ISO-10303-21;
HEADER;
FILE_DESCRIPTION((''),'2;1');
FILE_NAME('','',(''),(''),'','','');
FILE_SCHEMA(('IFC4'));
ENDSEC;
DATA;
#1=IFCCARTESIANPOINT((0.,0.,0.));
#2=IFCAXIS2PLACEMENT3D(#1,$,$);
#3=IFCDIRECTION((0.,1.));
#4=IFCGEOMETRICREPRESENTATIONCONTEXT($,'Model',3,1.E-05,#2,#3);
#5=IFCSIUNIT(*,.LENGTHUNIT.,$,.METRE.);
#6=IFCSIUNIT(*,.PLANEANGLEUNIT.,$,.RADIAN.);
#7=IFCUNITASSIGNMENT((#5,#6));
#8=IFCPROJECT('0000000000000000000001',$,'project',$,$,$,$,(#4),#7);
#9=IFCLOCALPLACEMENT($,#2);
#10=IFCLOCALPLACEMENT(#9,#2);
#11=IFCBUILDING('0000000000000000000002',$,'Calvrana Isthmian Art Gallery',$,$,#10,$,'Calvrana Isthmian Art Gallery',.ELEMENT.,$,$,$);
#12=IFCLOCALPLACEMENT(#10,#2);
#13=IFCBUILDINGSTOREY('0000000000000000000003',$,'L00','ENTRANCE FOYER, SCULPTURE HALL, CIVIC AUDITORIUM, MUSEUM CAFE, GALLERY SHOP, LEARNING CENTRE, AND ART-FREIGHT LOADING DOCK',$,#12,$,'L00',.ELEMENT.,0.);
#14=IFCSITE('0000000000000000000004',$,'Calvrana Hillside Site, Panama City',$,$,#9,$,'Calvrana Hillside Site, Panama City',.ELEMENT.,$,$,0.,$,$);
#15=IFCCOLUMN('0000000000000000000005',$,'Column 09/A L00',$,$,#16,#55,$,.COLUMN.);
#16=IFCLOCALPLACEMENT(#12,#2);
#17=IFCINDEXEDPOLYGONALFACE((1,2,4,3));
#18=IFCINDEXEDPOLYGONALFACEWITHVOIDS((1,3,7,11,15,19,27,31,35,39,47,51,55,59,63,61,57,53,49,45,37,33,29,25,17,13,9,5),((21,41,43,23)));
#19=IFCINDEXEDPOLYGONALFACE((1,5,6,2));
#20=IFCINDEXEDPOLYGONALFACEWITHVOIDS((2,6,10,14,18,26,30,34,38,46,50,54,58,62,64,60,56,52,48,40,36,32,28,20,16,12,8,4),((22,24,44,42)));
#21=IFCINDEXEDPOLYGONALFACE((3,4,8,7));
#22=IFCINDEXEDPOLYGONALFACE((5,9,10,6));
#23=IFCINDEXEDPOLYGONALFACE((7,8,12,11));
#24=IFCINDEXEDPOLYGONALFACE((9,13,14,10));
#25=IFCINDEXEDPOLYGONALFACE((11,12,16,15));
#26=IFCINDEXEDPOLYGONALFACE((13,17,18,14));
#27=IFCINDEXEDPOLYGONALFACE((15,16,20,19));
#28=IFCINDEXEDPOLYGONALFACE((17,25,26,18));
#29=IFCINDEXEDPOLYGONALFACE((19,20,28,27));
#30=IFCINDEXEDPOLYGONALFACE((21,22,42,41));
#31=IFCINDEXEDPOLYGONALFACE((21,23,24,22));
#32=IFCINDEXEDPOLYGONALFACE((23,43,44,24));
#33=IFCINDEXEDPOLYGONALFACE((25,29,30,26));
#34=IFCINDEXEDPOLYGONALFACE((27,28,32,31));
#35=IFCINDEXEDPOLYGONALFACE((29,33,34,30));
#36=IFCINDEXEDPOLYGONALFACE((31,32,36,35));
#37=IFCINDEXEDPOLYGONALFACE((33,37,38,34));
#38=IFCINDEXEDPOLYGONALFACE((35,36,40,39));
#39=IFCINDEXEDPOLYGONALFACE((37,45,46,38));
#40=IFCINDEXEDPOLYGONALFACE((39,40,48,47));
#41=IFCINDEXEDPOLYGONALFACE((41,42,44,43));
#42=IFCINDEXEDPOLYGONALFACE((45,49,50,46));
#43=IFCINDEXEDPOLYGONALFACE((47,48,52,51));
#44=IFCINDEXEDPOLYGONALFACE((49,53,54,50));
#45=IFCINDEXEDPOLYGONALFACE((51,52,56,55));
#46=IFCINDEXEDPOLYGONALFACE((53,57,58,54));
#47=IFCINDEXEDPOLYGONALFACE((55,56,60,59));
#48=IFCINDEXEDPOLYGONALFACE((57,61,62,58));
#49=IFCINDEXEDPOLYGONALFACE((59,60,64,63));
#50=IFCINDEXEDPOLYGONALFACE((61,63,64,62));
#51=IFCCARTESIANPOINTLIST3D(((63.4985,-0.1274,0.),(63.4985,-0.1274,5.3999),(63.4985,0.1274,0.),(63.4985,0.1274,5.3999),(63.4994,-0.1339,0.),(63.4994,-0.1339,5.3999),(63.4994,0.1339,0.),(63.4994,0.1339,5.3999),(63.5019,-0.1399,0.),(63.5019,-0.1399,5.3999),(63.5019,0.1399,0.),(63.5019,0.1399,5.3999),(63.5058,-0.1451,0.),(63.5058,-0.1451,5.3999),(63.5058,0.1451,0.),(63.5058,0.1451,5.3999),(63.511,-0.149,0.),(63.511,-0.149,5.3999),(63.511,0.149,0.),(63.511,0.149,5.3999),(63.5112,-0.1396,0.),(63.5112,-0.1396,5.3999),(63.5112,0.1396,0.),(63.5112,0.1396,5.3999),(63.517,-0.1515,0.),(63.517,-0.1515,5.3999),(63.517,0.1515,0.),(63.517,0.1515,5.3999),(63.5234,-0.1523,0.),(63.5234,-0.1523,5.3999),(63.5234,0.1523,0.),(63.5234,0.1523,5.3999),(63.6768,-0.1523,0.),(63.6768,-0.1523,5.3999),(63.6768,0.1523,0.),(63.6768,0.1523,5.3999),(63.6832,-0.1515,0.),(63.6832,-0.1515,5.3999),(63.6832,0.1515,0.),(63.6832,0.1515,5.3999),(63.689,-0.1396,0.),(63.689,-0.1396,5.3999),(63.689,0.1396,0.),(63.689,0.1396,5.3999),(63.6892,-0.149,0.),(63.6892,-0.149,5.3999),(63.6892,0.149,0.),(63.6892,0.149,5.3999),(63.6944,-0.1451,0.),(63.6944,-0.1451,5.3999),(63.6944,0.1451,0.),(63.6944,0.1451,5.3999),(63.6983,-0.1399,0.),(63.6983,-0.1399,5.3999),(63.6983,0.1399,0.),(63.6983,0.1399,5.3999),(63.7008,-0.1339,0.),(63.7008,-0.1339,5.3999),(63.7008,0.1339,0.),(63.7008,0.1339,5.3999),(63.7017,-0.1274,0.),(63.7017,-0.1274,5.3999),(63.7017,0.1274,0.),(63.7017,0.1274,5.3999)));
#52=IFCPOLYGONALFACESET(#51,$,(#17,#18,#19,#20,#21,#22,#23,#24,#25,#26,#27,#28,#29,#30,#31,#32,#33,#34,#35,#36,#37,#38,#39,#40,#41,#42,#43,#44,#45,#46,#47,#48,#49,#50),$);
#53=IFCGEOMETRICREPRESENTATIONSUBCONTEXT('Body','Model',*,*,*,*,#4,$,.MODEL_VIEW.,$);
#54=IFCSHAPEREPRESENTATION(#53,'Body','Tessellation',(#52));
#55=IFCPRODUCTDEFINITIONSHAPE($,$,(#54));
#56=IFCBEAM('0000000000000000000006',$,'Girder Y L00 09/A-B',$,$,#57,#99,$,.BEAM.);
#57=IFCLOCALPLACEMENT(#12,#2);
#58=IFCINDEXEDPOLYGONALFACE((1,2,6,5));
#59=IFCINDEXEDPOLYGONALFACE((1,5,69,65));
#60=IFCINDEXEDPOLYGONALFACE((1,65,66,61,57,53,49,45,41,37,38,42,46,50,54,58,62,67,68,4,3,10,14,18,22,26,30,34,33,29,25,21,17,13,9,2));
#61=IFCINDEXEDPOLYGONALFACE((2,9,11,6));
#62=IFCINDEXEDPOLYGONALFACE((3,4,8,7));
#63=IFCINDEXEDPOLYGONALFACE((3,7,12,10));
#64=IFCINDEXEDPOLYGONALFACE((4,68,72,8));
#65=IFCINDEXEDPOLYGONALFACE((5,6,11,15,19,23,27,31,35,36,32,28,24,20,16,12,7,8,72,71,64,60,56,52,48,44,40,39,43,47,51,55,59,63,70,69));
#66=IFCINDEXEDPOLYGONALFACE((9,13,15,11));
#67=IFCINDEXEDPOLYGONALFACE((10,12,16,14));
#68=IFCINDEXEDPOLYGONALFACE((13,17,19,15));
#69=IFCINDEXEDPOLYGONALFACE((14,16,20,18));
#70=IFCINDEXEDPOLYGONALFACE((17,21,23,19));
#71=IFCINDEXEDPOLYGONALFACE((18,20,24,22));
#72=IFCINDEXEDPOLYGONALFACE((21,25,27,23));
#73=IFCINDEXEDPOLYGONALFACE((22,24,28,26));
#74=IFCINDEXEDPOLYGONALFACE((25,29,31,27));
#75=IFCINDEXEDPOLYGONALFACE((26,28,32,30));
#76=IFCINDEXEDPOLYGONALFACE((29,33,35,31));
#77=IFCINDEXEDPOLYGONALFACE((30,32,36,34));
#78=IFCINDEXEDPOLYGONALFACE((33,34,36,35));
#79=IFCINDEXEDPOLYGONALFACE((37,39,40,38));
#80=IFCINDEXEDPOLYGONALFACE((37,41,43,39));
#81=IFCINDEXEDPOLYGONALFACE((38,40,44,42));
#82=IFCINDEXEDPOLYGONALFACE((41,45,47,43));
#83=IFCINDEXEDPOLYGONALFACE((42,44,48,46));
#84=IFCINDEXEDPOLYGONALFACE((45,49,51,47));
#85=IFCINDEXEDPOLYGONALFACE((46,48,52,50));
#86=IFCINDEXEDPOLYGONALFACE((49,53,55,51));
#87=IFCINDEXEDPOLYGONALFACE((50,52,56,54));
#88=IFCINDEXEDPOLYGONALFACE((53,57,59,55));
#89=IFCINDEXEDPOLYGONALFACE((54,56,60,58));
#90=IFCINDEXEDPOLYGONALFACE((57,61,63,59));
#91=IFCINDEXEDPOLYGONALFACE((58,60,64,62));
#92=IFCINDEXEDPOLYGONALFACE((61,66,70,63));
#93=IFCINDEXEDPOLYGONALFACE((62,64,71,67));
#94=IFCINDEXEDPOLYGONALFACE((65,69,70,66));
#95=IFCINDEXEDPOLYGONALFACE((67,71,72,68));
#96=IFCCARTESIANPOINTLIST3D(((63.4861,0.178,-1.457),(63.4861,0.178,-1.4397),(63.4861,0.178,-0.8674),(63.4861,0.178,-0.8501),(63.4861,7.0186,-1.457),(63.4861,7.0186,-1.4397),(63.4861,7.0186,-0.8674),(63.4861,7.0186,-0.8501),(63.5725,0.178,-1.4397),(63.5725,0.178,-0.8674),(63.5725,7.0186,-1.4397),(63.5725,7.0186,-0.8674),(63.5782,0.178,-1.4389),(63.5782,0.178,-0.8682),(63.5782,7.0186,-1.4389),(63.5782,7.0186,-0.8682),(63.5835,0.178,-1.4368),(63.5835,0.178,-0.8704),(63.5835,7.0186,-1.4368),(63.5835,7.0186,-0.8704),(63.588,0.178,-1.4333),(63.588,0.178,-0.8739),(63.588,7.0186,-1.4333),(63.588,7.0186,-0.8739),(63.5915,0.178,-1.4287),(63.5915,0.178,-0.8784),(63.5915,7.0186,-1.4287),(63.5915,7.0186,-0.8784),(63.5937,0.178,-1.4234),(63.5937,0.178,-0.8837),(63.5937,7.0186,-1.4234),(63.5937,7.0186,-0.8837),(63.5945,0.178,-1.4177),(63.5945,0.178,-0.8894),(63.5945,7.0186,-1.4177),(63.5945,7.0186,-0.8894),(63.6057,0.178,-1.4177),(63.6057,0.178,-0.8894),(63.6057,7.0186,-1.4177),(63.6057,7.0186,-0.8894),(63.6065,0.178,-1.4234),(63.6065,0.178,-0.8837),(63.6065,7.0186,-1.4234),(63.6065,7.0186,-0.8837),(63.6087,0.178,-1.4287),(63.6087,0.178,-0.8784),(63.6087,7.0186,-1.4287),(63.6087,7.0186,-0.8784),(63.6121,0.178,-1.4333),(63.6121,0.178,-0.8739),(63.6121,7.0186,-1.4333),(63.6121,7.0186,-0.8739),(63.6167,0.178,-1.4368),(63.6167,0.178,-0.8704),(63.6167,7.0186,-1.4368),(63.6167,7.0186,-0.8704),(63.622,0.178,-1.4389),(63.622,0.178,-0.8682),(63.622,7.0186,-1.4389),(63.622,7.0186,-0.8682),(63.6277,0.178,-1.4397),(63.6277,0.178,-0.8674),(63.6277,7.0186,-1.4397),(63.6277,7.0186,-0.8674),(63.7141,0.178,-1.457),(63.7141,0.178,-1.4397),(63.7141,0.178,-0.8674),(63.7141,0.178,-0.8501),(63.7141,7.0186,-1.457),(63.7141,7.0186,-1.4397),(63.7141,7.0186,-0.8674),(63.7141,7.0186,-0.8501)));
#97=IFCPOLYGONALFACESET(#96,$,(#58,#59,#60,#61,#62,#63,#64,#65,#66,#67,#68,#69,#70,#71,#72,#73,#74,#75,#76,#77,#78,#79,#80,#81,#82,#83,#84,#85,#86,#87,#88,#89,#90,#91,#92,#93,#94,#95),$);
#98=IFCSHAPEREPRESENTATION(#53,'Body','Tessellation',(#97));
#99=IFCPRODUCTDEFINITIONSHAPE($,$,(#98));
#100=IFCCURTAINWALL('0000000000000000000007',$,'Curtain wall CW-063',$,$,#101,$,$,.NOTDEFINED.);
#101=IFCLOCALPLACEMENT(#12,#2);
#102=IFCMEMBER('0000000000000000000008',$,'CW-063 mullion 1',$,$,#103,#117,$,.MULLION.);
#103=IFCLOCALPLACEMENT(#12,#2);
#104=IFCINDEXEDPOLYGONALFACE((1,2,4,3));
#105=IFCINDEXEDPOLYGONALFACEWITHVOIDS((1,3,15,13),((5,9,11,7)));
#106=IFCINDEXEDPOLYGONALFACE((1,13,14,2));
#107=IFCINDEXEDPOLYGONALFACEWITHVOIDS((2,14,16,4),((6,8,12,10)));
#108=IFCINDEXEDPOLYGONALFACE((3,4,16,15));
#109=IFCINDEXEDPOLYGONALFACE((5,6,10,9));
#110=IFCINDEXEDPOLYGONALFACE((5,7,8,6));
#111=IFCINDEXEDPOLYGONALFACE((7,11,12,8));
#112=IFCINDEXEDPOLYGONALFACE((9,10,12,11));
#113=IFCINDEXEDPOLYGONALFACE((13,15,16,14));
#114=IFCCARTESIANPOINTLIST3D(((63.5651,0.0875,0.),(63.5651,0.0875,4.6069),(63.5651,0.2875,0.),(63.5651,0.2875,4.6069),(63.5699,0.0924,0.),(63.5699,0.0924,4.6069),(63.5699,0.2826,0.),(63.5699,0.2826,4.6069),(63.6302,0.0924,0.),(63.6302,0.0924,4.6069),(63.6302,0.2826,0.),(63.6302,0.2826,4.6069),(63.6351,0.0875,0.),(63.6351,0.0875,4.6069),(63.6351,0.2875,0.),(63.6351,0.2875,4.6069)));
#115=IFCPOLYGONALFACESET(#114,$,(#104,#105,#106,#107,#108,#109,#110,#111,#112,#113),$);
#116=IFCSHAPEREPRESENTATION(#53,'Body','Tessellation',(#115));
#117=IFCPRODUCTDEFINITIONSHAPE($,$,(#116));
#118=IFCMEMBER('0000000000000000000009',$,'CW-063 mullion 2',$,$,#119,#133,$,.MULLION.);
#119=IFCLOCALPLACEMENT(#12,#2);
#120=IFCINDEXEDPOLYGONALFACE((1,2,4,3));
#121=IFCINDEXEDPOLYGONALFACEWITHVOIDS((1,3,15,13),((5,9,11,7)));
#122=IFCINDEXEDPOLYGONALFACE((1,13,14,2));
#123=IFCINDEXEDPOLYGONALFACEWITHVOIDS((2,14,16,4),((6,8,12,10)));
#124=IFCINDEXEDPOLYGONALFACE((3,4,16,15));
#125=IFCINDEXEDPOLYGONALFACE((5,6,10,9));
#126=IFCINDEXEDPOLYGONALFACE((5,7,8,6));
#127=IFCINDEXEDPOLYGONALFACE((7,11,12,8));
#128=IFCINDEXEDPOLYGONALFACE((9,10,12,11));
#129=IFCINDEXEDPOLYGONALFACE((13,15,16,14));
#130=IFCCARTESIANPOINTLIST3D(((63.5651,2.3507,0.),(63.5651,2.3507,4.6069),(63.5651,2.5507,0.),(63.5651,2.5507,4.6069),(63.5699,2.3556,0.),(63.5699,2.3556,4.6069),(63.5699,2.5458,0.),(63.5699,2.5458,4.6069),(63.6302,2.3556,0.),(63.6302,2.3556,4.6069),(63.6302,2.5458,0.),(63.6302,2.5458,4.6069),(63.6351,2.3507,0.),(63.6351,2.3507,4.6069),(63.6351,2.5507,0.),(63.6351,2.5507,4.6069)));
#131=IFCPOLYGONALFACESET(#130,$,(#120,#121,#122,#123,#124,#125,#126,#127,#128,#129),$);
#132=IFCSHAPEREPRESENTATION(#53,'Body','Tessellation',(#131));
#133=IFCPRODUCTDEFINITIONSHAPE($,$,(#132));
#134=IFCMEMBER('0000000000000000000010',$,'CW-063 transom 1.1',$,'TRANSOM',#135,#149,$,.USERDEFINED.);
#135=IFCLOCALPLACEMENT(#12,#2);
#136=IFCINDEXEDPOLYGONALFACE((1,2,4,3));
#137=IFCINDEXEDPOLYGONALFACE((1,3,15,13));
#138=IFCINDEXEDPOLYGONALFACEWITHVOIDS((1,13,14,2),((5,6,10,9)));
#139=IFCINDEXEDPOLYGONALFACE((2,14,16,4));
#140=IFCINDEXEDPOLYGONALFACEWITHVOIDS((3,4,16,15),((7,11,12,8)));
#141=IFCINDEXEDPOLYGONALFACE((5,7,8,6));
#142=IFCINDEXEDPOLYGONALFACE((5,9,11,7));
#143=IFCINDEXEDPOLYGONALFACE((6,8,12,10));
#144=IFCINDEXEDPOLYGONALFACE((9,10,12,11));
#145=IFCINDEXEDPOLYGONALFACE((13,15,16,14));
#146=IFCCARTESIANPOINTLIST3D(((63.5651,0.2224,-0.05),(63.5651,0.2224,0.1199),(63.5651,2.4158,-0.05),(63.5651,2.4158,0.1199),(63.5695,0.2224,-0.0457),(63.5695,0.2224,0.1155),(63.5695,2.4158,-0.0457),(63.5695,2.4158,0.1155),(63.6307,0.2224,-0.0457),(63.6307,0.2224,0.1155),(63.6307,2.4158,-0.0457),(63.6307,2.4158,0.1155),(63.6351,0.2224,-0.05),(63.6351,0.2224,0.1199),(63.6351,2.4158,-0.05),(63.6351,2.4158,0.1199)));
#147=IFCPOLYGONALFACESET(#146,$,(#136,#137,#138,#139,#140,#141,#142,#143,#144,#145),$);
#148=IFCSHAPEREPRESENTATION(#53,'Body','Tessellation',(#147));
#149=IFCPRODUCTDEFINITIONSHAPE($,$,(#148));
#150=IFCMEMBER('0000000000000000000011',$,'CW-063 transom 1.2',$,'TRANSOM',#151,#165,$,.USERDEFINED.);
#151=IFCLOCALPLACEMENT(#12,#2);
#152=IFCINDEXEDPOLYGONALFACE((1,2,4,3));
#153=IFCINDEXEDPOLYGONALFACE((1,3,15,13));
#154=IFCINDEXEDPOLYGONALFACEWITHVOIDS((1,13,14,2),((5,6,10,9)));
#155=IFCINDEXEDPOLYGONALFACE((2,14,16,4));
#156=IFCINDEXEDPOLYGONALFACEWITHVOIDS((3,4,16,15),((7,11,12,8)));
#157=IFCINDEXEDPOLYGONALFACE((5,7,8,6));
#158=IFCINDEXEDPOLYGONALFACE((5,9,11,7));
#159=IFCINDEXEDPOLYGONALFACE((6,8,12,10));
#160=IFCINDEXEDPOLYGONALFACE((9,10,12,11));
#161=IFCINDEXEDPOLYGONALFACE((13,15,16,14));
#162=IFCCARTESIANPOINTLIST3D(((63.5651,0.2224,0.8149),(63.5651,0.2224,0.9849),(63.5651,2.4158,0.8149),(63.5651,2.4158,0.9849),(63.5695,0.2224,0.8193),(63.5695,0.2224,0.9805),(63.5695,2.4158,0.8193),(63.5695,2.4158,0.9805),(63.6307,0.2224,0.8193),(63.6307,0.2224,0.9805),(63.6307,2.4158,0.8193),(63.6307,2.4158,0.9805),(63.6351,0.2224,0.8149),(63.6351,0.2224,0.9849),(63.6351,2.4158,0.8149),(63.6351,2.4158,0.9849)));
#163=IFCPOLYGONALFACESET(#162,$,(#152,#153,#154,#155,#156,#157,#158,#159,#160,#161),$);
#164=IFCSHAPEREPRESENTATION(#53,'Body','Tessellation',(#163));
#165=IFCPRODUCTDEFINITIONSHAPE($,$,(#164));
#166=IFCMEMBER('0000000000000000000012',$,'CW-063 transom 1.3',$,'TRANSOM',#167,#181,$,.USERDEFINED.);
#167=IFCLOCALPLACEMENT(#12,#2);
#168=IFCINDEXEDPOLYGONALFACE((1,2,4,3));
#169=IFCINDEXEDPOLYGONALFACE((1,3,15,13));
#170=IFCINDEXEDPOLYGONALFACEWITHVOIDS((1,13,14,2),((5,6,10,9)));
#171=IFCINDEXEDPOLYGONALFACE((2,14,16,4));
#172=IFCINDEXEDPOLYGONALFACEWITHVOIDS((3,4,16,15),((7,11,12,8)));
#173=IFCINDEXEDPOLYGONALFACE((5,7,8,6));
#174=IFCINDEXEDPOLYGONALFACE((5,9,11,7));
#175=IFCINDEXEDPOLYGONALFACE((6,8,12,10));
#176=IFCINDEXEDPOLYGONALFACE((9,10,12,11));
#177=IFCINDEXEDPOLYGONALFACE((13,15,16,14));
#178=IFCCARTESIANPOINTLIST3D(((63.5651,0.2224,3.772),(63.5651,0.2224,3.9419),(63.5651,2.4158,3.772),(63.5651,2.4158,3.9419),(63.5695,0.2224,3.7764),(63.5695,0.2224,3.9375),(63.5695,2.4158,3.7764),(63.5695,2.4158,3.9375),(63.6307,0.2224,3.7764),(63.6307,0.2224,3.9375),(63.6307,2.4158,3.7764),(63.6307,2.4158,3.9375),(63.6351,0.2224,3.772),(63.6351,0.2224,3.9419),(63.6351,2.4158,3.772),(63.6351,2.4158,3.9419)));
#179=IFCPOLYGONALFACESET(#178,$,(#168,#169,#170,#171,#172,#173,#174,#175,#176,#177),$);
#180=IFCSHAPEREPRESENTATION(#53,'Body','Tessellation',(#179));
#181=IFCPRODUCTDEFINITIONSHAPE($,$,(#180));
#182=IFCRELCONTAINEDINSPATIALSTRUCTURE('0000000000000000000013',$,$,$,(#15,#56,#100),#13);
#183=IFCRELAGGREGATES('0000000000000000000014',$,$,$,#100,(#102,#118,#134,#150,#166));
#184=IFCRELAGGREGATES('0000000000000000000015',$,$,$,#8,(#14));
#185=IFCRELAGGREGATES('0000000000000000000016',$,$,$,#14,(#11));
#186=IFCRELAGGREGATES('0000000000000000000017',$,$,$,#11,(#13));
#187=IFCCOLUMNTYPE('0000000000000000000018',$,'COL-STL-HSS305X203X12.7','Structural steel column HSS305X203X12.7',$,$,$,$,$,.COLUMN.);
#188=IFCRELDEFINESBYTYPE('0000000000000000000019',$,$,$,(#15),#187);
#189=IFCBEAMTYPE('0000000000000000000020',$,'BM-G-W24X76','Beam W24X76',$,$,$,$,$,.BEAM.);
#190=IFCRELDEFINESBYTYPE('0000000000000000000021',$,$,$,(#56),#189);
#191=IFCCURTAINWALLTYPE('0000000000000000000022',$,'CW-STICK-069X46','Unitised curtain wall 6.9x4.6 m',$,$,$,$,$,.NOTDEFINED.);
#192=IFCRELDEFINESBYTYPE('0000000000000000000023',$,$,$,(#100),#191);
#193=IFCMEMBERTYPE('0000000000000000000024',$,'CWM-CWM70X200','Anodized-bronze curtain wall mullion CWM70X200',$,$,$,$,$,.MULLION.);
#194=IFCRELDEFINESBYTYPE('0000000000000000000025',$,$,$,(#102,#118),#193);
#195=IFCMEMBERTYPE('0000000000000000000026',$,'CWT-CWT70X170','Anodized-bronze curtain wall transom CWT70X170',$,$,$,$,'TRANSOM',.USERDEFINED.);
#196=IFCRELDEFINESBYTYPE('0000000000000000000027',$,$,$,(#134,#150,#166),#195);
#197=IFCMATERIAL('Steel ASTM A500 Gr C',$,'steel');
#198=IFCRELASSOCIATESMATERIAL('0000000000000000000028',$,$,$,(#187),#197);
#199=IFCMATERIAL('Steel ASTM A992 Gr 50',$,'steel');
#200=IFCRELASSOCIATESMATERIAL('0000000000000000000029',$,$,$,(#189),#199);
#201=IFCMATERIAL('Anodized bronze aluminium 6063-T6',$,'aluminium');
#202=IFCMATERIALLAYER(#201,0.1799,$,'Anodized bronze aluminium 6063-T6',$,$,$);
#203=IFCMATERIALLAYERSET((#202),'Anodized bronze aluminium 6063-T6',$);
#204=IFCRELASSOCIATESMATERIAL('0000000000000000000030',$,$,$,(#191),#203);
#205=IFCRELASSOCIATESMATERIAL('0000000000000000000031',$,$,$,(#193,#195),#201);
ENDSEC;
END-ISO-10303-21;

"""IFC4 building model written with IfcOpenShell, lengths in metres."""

from ifc_helpers import new_model, si_unit, direction, frame, origin, origin_2d, place, context, subcontext, project, spatial, hollow_rectangle, i_section, extrude, material, layer, layer_set, material_profile, profile_set, type_object, element, aggregate, save


model = new_model("IFC4")

# Units and contexts
model_context = context("Model", 3, precision=1e-05, world=origin(), true_north=direction((0.0, 1.0)))
body_context = subcontext(model_context, "Body", "Model", "MODEL_VIEW")
ifc_project = project(units=[si_unit("LENGTHUNIT", "METRE"), si_unit("PLANEANGLEUNIT", "RADIAN")], contexts=[model_context])

# Site, building, storey
site_placement = place(None, origin())
site = spatial("IfcSite", under=ifc_project, at=site_placement, Name="Calvrana Hillside Site, Panama City", LongName="Calvrana Hillside Site, Panama City", CompositionType="ELEMENT", RefElevation=0.0)
building_placement = place(site_placement, origin())
building = spatial("IfcBuilding", under=site, at=building_placement, Name="Calvrana Isthmian Art Gallery", LongName="Calvrana Isthmian Art Gallery", CompositionType="ELEMENT")
storey_placement = place(building_placement, origin())
storey = spatial("IfcBuildingStorey", under=building, at=storey_placement, Name="L00", Description="ENTRANCE FOYER, SCULPTURE HALL, CIVIC AUDITORIUM, MUSEUM CAFE, GALLERY SHOP, LEARNING CENTRE, AND ART-FREIGHT LOADING DOCK", LongName="L00", CompositionType="ELEMENT", Elevation=0.0)

# Column
ifc_material_1 = material(Name="Steel ASTM A500 Gr C", Category="steel")
ifc_material_profile_1 = material_profile(ifc_material_1, hollow_rectangle(XDim=0.2031, YDim=0.3047, WallThickness=0.0127, OuterFilletRadius=0.0249, at=origin_2d()), Name="HSS305X203X12.7")
ifc_profile_set_1 = profile_set([ifc_material_profile_1], Name="Steel ASTM A500 Gr C")
column_type = type_object("IfcColumnType", Name="COL-STL-HSS305X203X12.7", Description="Structural steel column HSS305X203X12.7", PredefinedType="COLUMN", material=ifc_profile_set_1)
column_placement = place(storey_placement, frame((63.6001, 0.0, 0.0), z_axis=(0.0, 0.0, 1.0), x_axis=(1.0, 0.0, 0.0)))
element("IfcColumn", 1, at=column_placement, inside=storey, type_object=column_type, Name="Column 09/A L00", PredefinedType="COLUMN", context=body_context, shape_type="SweptSolid", body=[
    extrude(hollow_rectangle(XDim=0.2031, YDim=0.3047, WallThickness=0.0127, OuterFilletRadius=0.0249, at=origin_2d()), origin(), (0.0, 0.0, 1.0), 5.3999),
])

# Beam
ifc_material_2 = material(Name="Steel ASTM A992 Gr 50", Category="steel")
ifc_material_profile_2 = material_profile(ifc_material_2, i_section(OverallWidth=0.228, OverallDepth=0.6069, WebThickness=0.0112, FlangeThickness=0.0173, FilletRadius=0.022, at=origin_2d()), Name="W24X76")
ifc_profile_set_2 = profile_set([ifc_material_profile_2], Name="Steel ASTM A992 Gr 50")
beam_type = type_object("IfcBeamType", Name="BM-G-W24X76", Description="Beam W24X76", PredefinedType="BEAM", material=ifc_profile_set_2)
beam_placement = place(storey_placement, frame((63.6001, 0.178, -1.1536), z_axis=(0.0, 1.0, 0.0), x_axis=(-1.0, 0.0, 0.0)))
element("IfcBeam", 2, at=beam_placement, inside=storey, type_object=beam_type, Name="Girder Y L00 09/A-B", PredefinedType="BEAM", context=body_context, shape_type="SweptSolid", body=[
    extrude(i_section(OverallWidth=0.228, OverallDepth=0.6069, WebThickness=0.0112, FlangeThickness=0.0173, FilletRadius=0.022, at=origin_2d()), origin(), (0.0, 0.0, 1.0), 6.8406),
])

# Curtain wall, members
ifc_material_3 = material(Name="Anodized bronze aluminium 6063-T6", Category="aluminium")
ifc_layer_1 = layer(ifc_material_3, 0.1799, Name="Anodized bronze aluminium 6063-T6")
ifc_layer_set_1 = layer_set([ifc_layer_1], Name="Anodized bronze aluminium 6063-T6")
curtain_wall_type = type_object("IfcCurtainWallType", Name="CW-STICK-069X46", Description="Unitised curtain wall 6.9x4.6 m", PredefinedType="NOTDEFINED", material=ifc_layer_set_1)
curtain_wall_placement = place(storey_placement, origin())
curtain_wall = element("IfcCurtainWall", 3, at=curtain_wall_placement, inside=storey, type_object=curtain_wall_type, Name="Curtain wall CW-063", PredefinedType="NOTDEFINED")
ifc_material_profile_3 = material_profile(ifc_material_3, hollow_rectangle(XDim=0.0701, YDim=0.2, WallThickness=0.0049, at=origin_2d()), Name="CWM70X200")
ifc_profile_set_3 = profile_set([ifc_material_profile_3], Name="Anodized bronze aluminium 6063-T6")
member_type_1 = type_object("IfcMemberType", Name="CWM-CWM70X200", Description="Anodized-bronze curtain wall mullion CWM70X200", PredefinedType="MULLION", material=ifc_profile_set_3)
member_1_placement = place(storey_placement, frame((63.6001, 0.1875, 0.0), z_axis=(0.0, 0.0, 1.0), x_axis=(-1.0, 0.0, 0.0)))
member_1 = element("IfcMember", 4, at=member_1_placement, type_object=member_type_1, Name="CW-063 mullion 1", PredefinedType="MULLION", context=body_context, shape_type="SweptSolid", body=[
    extrude(hollow_rectangle(XDim=0.0701, YDim=0.2, WallThickness=0.0049, at=origin_2d()), origin(), (0.0, 0.0, 1.0), 4.6069),
])
member_2_placement = place(storey_placement, frame((63.6001, 2.4507, 0.0), z_axis=(0.0, 0.0, 1.0), x_axis=(-1.0, 0.0, 0.0)))
member_2 = element("IfcMember", 5, at=member_2_placement, type_object=member_type_1, Name="CW-063 mullion 2", PredefinedType="MULLION", context=body_context, shape_type="SweptSolid", body=[
    extrude(hollow_rectangle(XDim=0.0701, YDim=0.2, WallThickness=0.0049, at=origin_2d()), origin(), (0.0, 0.0, 1.0), 4.6069),
])
ifc_material_profile_4 = material_profile(ifc_material_3, hollow_rectangle(XDim=0.0701, YDim=0.1699, WallThickness=0.0044, at=origin_2d()), Name="CWT70X170")
ifc_profile_set_4 = profile_set([ifc_material_profile_4], Name="Anodized bronze aluminium 6063-T6")
member_type_2 = type_object("IfcMemberType", Name="CWT-CWT70X170", Description="Anodized-bronze curtain wall transom CWT70X170", ElementType="TRANSOM", PredefinedType="USERDEFINED", material=ifc_profile_set_4)
member_3_placement = place(storey_placement, frame((63.6001, 0.2224, 0.0349), z_axis=(0.0, 1.0, 0.0), x_axis=(-1.0, 0.0, 0.0)))
member_3 = element("IfcMember", 6, at=member_3_placement, type_object=member_type_2, Name="CW-063 transom 1.1", ObjectType="TRANSOM", PredefinedType="USERDEFINED", context=body_context, shape_type="SweptSolid", body=[
    extrude(hollow_rectangle(XDim=0.0701, YDim=0.1699, WallThickness=0.0044, at=origin_2d()), origin(), (0.0, 0.0, 1.0), 2.1934),
])
member_4_placement = place(storey_placement, frame((63.6001, 0.2224, 0.8999), z_axis=(0.0, 1.0, 0.0), x_axis=(-1.0, 0.0, 0.0)))
member_4 = element("IfcMember", 7, at=member_4_placement, type_object=member_type_2, Name="CW-063 transom 1.2", ObjectType="TRANSOM", PredefinedType="USERDEFINED", context=body_context, shape_type="SweptSolid", body=[
    extrude(hollow_rectangle(XDim=0.0701, YDim=0.1699, WallThickness=0.0044, at=origin_2d()), origin(), (0.0, 0.0, 1.0), 2.1934),
])
member_5_placement = place(storey_placement, frame((63.6001, 0.2224, 3.8569), z_axis=(0.0, 1.0, 0.0), x_axis=(-1.0, 0.0, 0.0)))
member_5 = element("IfcMember", 8, at=member_5_placement, type_object=member_type_2, Name="CW-063 transom 1.3", ObjectType="TRANSOM", PredefinedType="USERDEFINED", context=body_context, shape_type="SweptSolid", body=[
    extrude(hollow_rectangle(XDim=0.0701, YDim=0.1699, WallThickness=0.0044, at=origin_2d()), origin(), (0.0, 0.0, 1.0), 2.1934),
])
aggregate(curtain_wall, [member_1, member_2, member_3, member_4, member_5])

save(model, "model.ifc")
